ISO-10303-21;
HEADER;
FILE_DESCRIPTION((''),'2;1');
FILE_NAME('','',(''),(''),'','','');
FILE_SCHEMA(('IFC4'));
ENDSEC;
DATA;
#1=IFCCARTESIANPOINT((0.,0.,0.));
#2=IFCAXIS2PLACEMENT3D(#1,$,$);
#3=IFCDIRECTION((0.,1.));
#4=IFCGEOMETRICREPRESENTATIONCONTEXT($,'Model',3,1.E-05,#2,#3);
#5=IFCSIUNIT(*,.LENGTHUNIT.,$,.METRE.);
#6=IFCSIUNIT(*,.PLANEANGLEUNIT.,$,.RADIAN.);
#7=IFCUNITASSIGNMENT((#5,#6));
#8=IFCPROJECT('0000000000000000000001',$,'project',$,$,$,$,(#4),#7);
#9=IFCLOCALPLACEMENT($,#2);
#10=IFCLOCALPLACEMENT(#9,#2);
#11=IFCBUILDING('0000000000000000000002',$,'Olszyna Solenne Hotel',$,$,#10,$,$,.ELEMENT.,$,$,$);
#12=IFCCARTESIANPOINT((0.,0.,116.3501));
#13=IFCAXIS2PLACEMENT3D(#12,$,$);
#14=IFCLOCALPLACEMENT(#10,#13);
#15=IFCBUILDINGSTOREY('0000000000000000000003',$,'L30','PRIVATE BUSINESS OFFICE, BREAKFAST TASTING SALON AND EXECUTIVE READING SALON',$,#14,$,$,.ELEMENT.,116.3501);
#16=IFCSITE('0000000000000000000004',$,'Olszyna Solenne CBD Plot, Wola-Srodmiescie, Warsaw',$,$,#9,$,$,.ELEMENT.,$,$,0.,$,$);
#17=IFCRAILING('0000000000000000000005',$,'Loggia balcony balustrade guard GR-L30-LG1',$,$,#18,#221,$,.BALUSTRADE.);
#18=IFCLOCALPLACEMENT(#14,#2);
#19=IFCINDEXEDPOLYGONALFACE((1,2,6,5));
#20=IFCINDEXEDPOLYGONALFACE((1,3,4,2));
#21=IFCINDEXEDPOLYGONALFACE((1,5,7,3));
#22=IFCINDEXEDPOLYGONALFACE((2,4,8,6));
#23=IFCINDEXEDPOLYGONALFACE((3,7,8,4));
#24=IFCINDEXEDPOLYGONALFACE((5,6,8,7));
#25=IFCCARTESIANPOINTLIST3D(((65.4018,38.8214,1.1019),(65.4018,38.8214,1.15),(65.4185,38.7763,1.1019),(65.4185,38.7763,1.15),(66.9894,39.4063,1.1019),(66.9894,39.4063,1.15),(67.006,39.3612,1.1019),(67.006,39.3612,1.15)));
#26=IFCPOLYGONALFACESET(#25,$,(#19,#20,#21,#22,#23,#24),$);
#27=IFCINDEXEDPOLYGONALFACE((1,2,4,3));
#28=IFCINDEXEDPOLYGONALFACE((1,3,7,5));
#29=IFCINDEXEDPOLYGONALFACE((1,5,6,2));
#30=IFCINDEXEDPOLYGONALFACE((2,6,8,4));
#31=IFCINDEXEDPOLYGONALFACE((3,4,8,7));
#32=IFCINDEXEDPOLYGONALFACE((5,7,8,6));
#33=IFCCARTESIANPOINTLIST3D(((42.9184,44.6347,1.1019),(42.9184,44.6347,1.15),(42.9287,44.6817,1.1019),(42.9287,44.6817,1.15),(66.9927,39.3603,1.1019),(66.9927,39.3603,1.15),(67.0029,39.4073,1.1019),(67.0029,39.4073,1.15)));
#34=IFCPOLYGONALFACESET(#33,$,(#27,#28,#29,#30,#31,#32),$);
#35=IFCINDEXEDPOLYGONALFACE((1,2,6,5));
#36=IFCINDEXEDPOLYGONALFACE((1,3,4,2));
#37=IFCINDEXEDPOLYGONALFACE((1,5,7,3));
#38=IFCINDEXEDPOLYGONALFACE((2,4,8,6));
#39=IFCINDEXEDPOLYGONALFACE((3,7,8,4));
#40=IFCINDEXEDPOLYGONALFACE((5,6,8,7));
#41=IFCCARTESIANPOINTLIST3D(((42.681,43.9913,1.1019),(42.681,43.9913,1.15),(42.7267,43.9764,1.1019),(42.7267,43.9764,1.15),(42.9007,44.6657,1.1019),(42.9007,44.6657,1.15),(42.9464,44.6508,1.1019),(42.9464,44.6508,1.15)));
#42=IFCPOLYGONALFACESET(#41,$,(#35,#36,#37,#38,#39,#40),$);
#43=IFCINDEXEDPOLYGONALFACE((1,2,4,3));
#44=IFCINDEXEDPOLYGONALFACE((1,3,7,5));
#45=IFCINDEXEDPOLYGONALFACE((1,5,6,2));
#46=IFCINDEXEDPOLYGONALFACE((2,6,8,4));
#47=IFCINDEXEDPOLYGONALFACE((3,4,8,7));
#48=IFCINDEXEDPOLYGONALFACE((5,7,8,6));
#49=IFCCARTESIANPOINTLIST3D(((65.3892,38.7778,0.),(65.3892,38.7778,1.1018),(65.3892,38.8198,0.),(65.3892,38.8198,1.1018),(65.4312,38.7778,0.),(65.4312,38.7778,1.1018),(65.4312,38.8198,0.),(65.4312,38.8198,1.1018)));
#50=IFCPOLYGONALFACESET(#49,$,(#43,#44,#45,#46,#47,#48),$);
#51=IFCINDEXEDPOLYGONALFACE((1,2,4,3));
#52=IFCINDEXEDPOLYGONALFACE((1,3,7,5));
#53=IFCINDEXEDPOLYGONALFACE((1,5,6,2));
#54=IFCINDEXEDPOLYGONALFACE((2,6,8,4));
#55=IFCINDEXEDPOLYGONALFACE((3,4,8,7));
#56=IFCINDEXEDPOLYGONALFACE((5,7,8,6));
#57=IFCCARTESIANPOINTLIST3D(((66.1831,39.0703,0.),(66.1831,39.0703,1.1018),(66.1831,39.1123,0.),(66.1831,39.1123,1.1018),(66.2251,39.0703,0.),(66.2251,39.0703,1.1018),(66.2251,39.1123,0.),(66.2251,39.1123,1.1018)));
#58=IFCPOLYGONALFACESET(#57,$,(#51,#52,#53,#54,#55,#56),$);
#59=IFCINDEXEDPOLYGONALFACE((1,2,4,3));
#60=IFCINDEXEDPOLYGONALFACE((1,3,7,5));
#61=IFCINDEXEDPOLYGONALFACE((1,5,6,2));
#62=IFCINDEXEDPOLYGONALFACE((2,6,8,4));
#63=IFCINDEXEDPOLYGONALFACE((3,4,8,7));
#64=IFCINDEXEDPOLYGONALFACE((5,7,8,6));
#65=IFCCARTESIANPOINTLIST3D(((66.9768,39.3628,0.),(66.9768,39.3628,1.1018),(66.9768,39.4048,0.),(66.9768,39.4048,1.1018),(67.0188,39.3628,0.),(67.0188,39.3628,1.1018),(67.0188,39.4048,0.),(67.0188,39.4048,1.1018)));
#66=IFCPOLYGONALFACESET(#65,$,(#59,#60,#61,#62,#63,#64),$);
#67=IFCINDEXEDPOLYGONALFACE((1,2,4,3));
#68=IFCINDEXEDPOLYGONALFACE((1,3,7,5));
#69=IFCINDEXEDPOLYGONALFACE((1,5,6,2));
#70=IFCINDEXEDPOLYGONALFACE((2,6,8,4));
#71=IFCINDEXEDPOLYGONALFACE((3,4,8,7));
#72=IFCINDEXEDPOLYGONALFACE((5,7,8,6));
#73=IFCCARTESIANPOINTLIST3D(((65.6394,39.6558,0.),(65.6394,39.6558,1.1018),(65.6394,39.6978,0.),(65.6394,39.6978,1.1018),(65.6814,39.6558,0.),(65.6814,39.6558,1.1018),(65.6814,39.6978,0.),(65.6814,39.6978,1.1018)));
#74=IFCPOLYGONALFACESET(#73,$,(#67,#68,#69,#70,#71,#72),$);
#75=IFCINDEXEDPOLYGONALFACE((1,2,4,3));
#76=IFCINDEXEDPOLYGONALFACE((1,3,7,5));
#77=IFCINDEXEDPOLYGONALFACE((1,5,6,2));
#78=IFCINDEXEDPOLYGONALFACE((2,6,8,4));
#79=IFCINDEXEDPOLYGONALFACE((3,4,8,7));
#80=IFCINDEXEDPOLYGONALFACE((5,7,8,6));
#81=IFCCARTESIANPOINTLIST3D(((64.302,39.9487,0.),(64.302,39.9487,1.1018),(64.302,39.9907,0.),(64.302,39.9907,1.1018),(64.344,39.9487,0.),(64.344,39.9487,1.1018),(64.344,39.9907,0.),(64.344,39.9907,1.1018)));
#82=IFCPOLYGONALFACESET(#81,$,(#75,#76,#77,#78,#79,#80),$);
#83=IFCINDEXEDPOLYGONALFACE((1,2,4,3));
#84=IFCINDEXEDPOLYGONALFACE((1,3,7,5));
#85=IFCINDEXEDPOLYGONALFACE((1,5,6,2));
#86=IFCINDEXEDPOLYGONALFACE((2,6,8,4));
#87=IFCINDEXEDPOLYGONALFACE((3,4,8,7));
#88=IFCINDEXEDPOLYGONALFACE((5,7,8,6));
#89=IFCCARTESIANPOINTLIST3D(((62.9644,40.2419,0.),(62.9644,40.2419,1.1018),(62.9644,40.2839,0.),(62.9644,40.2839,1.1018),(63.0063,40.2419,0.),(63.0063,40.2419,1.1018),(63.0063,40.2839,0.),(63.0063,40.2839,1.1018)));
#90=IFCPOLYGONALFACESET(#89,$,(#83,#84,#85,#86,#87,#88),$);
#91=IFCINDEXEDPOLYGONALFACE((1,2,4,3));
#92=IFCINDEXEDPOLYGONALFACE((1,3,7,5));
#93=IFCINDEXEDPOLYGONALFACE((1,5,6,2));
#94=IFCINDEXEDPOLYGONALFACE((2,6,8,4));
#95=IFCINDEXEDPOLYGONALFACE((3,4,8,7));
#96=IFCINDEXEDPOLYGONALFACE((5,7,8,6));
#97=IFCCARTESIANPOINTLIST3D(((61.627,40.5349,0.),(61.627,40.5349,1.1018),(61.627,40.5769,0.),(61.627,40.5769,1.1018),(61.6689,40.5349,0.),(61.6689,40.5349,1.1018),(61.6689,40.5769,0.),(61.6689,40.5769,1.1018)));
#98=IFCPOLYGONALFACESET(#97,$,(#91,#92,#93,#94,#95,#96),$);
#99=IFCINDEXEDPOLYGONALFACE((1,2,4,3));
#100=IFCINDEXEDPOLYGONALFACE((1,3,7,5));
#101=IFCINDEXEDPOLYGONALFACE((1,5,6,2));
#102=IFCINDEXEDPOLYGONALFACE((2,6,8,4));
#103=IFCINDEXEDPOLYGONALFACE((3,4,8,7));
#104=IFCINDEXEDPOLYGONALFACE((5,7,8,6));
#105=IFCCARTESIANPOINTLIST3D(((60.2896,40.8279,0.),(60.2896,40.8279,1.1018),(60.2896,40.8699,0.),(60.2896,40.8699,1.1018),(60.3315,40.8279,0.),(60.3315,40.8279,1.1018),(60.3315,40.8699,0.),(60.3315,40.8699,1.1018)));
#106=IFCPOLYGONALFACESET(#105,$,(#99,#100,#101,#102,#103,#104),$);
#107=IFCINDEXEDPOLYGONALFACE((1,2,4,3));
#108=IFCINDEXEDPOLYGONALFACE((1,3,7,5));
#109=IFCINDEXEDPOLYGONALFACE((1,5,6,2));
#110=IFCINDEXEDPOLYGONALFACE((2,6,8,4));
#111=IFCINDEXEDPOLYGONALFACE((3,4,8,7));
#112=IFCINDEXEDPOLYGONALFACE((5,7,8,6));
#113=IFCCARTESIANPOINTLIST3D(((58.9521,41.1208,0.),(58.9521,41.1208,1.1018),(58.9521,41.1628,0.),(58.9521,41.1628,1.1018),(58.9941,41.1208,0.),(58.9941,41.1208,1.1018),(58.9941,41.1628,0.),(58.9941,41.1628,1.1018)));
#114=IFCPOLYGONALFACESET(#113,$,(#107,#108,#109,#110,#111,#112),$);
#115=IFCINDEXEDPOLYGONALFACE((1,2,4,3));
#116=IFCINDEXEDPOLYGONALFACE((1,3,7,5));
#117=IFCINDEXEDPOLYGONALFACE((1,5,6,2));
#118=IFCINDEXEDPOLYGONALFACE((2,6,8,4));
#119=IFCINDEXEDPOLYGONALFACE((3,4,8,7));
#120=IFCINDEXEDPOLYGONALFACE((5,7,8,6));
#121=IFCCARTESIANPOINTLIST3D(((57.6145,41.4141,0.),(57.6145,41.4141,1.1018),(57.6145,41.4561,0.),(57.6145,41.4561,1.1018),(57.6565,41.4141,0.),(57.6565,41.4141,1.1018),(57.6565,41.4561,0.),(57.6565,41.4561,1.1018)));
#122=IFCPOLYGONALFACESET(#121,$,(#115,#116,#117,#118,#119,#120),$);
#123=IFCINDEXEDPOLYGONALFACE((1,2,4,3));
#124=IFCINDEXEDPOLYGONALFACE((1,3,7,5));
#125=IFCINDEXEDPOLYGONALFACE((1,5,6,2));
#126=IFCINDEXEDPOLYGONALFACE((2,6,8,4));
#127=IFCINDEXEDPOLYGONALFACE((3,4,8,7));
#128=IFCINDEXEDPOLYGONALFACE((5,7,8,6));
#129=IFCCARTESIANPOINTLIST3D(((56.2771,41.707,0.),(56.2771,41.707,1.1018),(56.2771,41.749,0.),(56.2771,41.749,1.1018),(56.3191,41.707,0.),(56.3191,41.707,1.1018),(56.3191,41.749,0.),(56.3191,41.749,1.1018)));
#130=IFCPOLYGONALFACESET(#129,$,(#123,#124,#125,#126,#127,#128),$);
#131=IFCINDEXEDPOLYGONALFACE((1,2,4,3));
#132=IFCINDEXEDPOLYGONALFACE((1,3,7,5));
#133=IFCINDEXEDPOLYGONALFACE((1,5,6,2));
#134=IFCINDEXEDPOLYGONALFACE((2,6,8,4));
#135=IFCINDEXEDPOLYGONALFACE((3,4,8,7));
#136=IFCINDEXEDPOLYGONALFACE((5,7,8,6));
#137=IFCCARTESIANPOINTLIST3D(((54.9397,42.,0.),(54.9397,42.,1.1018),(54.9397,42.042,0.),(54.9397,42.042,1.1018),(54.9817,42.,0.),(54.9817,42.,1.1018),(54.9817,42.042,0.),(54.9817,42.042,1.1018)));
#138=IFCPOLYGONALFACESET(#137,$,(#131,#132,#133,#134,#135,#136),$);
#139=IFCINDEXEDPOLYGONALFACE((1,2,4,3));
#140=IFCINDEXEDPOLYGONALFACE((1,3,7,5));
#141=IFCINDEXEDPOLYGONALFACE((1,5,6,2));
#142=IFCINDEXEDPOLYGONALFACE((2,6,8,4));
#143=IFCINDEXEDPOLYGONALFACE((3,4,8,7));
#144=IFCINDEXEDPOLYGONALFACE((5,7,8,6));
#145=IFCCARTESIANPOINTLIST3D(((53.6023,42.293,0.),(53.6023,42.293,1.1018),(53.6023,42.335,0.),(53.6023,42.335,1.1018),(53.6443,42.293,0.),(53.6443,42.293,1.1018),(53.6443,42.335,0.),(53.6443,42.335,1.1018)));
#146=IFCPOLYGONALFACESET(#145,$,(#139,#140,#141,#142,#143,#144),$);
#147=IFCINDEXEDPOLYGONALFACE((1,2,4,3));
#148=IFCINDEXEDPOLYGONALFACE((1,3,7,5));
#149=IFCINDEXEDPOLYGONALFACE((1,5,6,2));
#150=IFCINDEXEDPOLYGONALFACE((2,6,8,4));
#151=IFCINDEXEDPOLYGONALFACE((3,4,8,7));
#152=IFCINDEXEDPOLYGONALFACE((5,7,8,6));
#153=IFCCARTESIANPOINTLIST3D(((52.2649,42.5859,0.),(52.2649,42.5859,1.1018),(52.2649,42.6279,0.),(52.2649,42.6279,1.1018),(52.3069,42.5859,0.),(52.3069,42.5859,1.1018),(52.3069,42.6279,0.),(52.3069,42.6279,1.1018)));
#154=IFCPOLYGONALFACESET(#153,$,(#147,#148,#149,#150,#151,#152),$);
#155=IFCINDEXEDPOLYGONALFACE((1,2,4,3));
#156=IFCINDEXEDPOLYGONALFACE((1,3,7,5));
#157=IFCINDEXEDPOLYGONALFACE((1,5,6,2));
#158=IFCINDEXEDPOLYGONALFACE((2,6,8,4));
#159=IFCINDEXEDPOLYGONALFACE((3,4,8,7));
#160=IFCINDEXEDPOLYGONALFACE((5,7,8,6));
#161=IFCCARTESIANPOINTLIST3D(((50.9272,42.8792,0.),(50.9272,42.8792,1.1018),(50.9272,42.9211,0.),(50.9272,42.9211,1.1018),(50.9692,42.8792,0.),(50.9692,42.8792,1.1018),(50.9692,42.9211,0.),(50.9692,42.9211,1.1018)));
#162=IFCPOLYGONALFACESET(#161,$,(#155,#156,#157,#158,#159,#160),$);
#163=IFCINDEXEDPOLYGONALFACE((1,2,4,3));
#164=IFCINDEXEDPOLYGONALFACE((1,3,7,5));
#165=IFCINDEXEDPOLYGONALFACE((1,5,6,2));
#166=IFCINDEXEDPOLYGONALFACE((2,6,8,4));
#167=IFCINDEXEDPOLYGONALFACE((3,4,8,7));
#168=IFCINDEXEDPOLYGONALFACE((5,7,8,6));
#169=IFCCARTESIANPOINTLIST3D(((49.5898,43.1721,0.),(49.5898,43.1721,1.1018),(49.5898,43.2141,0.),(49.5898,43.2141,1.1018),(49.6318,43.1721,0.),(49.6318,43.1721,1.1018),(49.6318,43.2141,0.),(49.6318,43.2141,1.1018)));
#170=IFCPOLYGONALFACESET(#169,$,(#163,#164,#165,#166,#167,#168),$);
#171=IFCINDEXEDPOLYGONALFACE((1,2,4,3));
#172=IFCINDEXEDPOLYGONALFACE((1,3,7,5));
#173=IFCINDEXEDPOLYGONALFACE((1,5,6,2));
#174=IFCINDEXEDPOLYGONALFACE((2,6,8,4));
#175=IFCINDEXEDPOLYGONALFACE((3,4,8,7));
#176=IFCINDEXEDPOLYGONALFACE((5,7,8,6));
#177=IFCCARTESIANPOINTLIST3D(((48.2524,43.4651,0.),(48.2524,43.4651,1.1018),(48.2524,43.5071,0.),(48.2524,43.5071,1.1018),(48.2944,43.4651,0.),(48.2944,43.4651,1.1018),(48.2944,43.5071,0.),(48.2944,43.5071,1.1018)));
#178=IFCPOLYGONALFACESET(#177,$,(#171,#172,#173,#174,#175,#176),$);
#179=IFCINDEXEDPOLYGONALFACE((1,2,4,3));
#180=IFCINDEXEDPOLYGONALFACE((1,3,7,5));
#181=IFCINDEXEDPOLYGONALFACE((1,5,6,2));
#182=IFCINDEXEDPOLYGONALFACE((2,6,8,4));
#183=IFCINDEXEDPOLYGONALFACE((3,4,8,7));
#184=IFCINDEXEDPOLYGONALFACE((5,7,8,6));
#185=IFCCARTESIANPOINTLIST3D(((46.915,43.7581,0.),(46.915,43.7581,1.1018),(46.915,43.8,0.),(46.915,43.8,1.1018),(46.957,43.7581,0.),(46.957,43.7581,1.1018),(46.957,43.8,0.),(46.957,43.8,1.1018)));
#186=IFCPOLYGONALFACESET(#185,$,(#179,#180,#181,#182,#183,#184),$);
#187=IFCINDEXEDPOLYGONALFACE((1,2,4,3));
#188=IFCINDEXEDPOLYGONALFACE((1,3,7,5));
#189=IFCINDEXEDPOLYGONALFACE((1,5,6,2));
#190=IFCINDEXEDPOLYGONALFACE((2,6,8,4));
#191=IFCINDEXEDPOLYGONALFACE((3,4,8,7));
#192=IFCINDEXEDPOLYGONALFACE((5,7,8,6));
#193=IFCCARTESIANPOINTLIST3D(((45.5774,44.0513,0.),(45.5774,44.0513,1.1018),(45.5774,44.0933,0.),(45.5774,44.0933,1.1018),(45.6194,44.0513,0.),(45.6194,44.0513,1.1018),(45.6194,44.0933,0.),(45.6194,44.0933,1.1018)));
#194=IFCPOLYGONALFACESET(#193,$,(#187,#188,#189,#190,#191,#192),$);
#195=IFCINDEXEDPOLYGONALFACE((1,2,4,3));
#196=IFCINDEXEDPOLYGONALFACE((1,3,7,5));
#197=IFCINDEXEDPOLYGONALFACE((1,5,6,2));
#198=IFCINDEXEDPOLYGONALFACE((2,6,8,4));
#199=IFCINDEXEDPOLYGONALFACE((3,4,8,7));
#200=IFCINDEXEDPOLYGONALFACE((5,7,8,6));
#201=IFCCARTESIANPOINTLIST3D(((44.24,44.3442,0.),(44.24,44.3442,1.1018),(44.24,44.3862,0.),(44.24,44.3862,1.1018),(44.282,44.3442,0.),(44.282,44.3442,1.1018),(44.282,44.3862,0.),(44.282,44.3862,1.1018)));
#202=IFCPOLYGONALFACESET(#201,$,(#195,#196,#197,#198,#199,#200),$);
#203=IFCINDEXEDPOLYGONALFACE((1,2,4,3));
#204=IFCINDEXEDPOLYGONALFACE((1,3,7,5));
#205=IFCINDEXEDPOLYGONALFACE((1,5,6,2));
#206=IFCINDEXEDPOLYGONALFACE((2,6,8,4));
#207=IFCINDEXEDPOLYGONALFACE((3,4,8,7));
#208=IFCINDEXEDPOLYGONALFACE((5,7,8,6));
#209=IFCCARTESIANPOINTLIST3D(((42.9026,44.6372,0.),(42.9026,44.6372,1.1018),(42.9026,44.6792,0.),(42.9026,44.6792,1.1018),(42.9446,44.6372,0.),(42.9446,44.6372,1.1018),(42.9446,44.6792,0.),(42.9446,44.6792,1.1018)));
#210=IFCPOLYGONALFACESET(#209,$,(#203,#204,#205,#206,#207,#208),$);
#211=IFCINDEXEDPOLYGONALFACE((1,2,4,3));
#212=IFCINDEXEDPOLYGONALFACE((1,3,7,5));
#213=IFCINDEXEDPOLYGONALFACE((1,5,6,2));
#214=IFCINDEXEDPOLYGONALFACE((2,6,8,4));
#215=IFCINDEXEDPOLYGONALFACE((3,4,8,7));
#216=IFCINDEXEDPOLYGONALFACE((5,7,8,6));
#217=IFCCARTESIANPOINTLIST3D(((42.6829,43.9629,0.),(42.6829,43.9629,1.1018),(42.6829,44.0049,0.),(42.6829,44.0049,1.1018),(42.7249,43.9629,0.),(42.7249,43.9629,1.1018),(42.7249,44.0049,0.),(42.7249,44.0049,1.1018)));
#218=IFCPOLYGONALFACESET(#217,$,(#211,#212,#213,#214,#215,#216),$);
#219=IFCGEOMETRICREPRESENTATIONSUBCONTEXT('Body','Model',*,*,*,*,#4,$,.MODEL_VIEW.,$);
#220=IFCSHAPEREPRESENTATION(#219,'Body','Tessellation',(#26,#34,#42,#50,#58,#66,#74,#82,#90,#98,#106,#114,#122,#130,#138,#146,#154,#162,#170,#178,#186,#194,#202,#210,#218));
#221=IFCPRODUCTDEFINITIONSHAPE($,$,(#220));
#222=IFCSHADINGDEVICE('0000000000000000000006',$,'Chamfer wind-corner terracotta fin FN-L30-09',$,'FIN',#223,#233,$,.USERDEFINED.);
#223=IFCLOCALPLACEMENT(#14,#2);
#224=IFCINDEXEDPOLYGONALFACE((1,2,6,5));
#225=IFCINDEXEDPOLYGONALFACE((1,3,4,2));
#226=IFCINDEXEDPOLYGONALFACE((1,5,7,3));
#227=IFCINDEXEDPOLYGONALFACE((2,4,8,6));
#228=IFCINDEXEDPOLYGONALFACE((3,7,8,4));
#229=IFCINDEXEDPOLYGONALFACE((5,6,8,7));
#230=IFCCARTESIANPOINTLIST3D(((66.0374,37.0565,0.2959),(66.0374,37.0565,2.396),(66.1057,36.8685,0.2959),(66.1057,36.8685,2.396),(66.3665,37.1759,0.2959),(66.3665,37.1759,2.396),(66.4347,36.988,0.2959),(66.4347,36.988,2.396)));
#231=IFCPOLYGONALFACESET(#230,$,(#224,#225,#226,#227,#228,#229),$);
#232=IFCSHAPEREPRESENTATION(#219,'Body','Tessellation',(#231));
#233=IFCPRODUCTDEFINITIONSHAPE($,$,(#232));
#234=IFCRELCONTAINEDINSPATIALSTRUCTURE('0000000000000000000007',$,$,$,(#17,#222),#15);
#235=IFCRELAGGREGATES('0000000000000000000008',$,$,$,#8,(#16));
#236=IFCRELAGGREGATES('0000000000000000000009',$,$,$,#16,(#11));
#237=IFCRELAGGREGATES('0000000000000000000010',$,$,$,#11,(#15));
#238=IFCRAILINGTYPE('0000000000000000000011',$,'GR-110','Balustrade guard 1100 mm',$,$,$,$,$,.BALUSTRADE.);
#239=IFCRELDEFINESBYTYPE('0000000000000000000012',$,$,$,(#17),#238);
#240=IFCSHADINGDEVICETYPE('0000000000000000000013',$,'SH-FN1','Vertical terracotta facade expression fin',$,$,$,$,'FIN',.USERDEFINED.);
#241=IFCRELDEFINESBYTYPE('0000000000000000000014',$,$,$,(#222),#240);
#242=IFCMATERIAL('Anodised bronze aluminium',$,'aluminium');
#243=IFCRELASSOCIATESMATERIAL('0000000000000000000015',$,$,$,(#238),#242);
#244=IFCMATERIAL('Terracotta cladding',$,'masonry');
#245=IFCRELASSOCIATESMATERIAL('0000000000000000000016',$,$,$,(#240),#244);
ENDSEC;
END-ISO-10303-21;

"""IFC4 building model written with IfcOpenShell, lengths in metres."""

from ifc_helpers import new_model, si_unit, direction, frame, origin, origin_2d, place, context, subcontext, project, spatial, rectangle, extrude, source, transform, mapped, material, type_object, element, save


model = new_model("IFC4")

# Units and contexts
model_context = context("Model", 3, precision=1e-05, world=origin(), true_north=direction((0.0, 1.0)))
body_context = subcontext(model_context, "Body", "Model", "MODEL_VIEW")
ifc_project = project(units=[si_unit("LENGTHUNIT", "METRE"), si_unit("PLANEANGLEUNIT", "RADIAN")], contexts=[model_context])

# Site, building, storey
site_placement = place(None, origin())
site = spatial("IfcSite", under=ifc_project, at=site_placement, Name="Olszyna Solenne CBD Plot, Wola-Srodmiescie, Warsaw", CompositionType="ELEMENT", RefElevation=0.0)
building_placement = place(site_placement, origin())
building = spatial("IfcBuilding", under=site, at=building_placement, Name="Olszyna Solenne Hotel", CompositionType="ELEMENT")
storey_placement = place(building_placement, frame((0.0, 0.0, 116.3501)))
storey = spatial("IfcBuildingStorey", under=building, at=storey_placement, Name="L30", Description="PRIVATE BUSINESS OFFICE, BREAKFAST TASTING SALON AND EXECUTIVE READING SALON", CompositionType="ELEMENT", Elevation=116.3501)

# Shared definitions
ifc_material_1 = material(Name="Anodised bronze aluminium", Category="aluminium")

# Railing
railing_type = type_object("IfcRailingType", Name="GR-110", Description="Balustrade guard 1100 mm", PredefinedType="BALUSTRADE", material=ifc_material_1)
railing_placement = place(storey_placement, frame((65.4102, 38.7988, 0.0)))
element("IfcRailing", 1, at=railing_placement, inside=storey, type_object=railing_type, Name="Loggia balcony balustrade guard GR-L30-LG1", PredefinedType="BALUSTRADE", context=body_context, shape_type="SweptSolid", body=[
    extrude(rectangle(XDim=0.0481, YDim=0.0481, at=origin_2d()), frame((0.0, 0.0, 1.126), z_axis=(0.938336, 0.345725, 0.0), x_axis=(-0.345725, 0.938336, 0.0)), (0.0, 0.0, 1.0), 1.6919),
    extrude(rectangle(XDim=0.0481, YDim=0.0481, at=origin_2d()), frame((1.5876, 0.585, 1.126), z_axis=(-0.976831, 0.214014, 0.0), x_axis=(-0.214014, -0.976831, 0.0)), (0.0, 0.0, 1.0), 24.6453),
    extrude(rectangle(XDim=0.0481, YDim=0.0481, at=origin_2d()), frame((-22.4866, 5.8594, 1.126), z_axis=(-0.309818, -0.950796, 0.0), x_axis=(0.950796, -0.309818, 0.0)), (0.0, 0.0, 1.0), 0.7092),
    extrude(rectangle(XDim=0.042, YDim=0.042, at=origin_2d()), origin(), (0.0, 0.0, 1.0), 1.1018),
    extrude(rectangle(XDim=0.042, YDim=0.042, at=origin_2d()), frame((0.7939, 0.2925, 0.0)), (0.0, 0.0, 1.0), 1.1018),
    extrude(rectangle(XDim=0.042, YDim=0.042, at=origin_2d()), frame((1.5876, 0.585, 0.0)), (0.0, 0.0, 1.0), 1.1018),
    extrude(rectangle(XDim=0.042, YDim=0.042, at=origin_2d()), frame((0.2502, 0.8779, 0.0)), (0.0, 0.0, 1.0), 1.1018),
    extrude(rectangle(XDim=0.042, YDim=0.042, at=origin_2d()), frame((-1.0872, 1.1709, 0.0)), (0.0, 0.0, 1.0), 1.1018),
    extrude(rectangle(XDim=0.042, YDim=0.042, at=origin_2d()), frame((-2.4248, 1.4641, 0.0)), (0.0, 0.0, 1.0), 1.1018),
    extrude(rectangle(XDim=0.042, YDim=0.042, at=origin_2d()), frame((-3.7622, 1.7571, 0.0)), (0.0, 0.0, 1.0), 1.1018),
    extrude(rectangle(XDim=0.042, YDim=0.042, at=origin_2d()), frame((-5.0996, 2.05, 0.0)), (0.0, 0.0, 1.0), 1.1018),
    extrude(rectangle(XDim=0.042, YDim=0.042, at=origin_2d()), frame((-6.437, 2.343, 0.0)), (0.0, 0.0, 1.0), 1.1018),
    extrude(rectangle(XDim=0.042, YDim=0.042, at=origin_2d()), frame((-7.7747, 2.6362, 0.0)), (0.0, 0.0, 1.0), 1.1018),
    extrude(rectangle(XDim=0.042, YDim=0.042, at=origin_2d()), frame((-9.1121, 2.9292, 0.0)), (0.0, 0.0, 1.0), 1.1018),
    extrude(rectangle(XDim=0.042, YDim=0.042, at=origin_2d()), frame((-10.4495, 3.2222, 0.0)), (0.0, 0.0, 1.0), 1.1018),
    extrude(rectangle(XDim=0.042, YDim=0.042, at=origin_2d()), frame((-11.7869, 3.5151, 0.0)), (0.0, 0.0, 1.0), 1.1018),
    extrude(rectangle(XDim=0.042, YDim=0.042, at=origin_2d()), frame((-13.1243, 3.8081, 0.0)), (0.0, 0.0, 1.0), 1.1018),
    extrude(rectangle(XDim=0.042, YDim=0.042, at=origin_2d()), frame((-14.4619, 4.1013, 0.0)), (0.0, 0.0, 1.0), 1.1018),
    extrude(rectangle(XDim=0.042, YDim=0.042, at=origin_2d()), frame((-15.7993, 4.3943, 0.0)), (0.0, 0.0, 1.0), 1.1018),
    extrude(rectangle(XDim=0.042, YDim=0.042, at=origin_2d()), frame((-17.1367, 4.6873, 0.0)), (0.0, 0.0, 1.0), 1.1018),
    extrude(rectangle(XDim=0.042, YDim=0.042, at=origin_2d()), frame((-18.4741, 4.9802, 0.0)), (0.0, 0.0, 1.0), 1.1018),
    extrude(rectangle(XDim=0.042, YDim=0.042, at=origin_2d()), frame((-19.8118, 5.2734, 0.0)), (0.0, 0.0, 1.0), 1.1018),
    extrude(rectangle(XDim=0.042, YDim=0.042, at=origin_2d()), frame((-21.1492, 5.5664, 0.0)), (0.0, 0.0, 1.0), 1.1018),
    extrude(rectangle(XDim=0.042, YDim=0.042, at=origin_2d()), frame((-22.4866, 5.8594, 0.0)), (0.0, 0.0, 1.0), 1.1018),
    extrude(rectangle(XDim=0.042, YDim=0.042, at=origin_2d()), frame((-22.7063, 5.1851, 0.0)), (0.0, 0.0, 1.0), 1.1018),
])

# Shading device
ifc_material_2 = material(Name="Terracotta cladding", Category="masonry")
shading_device_type = type_object("IfcShadingDeviceType", Name="SH-FN1", Description="Vertical terracotta facade expression fin", ElementType="FIN", PredefinedType="USERDEFINED", material=ifc_material_2)
shared_shape_1 = source(origin(), body_context, "Body", "SweptSolid", [
    extrude(rectangle(XDim=0.2, YDim=0.3501, at=origin_2d()), origin(), (0.0, 0.0, 1.0), 2.1001),
])
shading_device_placement = place(storey_placement, frame((66.2361, 37.0222, 0.2959), z_axis=(0.0, 0.0, 1.0), x_axis=(0.3412, -0.939991, 0.0)))
element("IfcShadingDevice", 2, at=shading_device_placement, inside=storey, type_object=shading_device_type, Name="Chamfer wind-corner terracotta fin FN-L30-09", ObjectType="FIN", PredefinedType="USERDEFINED", context=body_context, shape_type="MappedRepresentation", body=[
    mapped(shared_shape_1, transform((0.0, 0.0, 0.0), x_axis=(1.0, 0.0, 0.0), y_axis=(0.0, 1.0, 0.0), z_axis=(0.0, 0.0, 1.0), scale=1.0)),
])

save(model, "model.ifc")
